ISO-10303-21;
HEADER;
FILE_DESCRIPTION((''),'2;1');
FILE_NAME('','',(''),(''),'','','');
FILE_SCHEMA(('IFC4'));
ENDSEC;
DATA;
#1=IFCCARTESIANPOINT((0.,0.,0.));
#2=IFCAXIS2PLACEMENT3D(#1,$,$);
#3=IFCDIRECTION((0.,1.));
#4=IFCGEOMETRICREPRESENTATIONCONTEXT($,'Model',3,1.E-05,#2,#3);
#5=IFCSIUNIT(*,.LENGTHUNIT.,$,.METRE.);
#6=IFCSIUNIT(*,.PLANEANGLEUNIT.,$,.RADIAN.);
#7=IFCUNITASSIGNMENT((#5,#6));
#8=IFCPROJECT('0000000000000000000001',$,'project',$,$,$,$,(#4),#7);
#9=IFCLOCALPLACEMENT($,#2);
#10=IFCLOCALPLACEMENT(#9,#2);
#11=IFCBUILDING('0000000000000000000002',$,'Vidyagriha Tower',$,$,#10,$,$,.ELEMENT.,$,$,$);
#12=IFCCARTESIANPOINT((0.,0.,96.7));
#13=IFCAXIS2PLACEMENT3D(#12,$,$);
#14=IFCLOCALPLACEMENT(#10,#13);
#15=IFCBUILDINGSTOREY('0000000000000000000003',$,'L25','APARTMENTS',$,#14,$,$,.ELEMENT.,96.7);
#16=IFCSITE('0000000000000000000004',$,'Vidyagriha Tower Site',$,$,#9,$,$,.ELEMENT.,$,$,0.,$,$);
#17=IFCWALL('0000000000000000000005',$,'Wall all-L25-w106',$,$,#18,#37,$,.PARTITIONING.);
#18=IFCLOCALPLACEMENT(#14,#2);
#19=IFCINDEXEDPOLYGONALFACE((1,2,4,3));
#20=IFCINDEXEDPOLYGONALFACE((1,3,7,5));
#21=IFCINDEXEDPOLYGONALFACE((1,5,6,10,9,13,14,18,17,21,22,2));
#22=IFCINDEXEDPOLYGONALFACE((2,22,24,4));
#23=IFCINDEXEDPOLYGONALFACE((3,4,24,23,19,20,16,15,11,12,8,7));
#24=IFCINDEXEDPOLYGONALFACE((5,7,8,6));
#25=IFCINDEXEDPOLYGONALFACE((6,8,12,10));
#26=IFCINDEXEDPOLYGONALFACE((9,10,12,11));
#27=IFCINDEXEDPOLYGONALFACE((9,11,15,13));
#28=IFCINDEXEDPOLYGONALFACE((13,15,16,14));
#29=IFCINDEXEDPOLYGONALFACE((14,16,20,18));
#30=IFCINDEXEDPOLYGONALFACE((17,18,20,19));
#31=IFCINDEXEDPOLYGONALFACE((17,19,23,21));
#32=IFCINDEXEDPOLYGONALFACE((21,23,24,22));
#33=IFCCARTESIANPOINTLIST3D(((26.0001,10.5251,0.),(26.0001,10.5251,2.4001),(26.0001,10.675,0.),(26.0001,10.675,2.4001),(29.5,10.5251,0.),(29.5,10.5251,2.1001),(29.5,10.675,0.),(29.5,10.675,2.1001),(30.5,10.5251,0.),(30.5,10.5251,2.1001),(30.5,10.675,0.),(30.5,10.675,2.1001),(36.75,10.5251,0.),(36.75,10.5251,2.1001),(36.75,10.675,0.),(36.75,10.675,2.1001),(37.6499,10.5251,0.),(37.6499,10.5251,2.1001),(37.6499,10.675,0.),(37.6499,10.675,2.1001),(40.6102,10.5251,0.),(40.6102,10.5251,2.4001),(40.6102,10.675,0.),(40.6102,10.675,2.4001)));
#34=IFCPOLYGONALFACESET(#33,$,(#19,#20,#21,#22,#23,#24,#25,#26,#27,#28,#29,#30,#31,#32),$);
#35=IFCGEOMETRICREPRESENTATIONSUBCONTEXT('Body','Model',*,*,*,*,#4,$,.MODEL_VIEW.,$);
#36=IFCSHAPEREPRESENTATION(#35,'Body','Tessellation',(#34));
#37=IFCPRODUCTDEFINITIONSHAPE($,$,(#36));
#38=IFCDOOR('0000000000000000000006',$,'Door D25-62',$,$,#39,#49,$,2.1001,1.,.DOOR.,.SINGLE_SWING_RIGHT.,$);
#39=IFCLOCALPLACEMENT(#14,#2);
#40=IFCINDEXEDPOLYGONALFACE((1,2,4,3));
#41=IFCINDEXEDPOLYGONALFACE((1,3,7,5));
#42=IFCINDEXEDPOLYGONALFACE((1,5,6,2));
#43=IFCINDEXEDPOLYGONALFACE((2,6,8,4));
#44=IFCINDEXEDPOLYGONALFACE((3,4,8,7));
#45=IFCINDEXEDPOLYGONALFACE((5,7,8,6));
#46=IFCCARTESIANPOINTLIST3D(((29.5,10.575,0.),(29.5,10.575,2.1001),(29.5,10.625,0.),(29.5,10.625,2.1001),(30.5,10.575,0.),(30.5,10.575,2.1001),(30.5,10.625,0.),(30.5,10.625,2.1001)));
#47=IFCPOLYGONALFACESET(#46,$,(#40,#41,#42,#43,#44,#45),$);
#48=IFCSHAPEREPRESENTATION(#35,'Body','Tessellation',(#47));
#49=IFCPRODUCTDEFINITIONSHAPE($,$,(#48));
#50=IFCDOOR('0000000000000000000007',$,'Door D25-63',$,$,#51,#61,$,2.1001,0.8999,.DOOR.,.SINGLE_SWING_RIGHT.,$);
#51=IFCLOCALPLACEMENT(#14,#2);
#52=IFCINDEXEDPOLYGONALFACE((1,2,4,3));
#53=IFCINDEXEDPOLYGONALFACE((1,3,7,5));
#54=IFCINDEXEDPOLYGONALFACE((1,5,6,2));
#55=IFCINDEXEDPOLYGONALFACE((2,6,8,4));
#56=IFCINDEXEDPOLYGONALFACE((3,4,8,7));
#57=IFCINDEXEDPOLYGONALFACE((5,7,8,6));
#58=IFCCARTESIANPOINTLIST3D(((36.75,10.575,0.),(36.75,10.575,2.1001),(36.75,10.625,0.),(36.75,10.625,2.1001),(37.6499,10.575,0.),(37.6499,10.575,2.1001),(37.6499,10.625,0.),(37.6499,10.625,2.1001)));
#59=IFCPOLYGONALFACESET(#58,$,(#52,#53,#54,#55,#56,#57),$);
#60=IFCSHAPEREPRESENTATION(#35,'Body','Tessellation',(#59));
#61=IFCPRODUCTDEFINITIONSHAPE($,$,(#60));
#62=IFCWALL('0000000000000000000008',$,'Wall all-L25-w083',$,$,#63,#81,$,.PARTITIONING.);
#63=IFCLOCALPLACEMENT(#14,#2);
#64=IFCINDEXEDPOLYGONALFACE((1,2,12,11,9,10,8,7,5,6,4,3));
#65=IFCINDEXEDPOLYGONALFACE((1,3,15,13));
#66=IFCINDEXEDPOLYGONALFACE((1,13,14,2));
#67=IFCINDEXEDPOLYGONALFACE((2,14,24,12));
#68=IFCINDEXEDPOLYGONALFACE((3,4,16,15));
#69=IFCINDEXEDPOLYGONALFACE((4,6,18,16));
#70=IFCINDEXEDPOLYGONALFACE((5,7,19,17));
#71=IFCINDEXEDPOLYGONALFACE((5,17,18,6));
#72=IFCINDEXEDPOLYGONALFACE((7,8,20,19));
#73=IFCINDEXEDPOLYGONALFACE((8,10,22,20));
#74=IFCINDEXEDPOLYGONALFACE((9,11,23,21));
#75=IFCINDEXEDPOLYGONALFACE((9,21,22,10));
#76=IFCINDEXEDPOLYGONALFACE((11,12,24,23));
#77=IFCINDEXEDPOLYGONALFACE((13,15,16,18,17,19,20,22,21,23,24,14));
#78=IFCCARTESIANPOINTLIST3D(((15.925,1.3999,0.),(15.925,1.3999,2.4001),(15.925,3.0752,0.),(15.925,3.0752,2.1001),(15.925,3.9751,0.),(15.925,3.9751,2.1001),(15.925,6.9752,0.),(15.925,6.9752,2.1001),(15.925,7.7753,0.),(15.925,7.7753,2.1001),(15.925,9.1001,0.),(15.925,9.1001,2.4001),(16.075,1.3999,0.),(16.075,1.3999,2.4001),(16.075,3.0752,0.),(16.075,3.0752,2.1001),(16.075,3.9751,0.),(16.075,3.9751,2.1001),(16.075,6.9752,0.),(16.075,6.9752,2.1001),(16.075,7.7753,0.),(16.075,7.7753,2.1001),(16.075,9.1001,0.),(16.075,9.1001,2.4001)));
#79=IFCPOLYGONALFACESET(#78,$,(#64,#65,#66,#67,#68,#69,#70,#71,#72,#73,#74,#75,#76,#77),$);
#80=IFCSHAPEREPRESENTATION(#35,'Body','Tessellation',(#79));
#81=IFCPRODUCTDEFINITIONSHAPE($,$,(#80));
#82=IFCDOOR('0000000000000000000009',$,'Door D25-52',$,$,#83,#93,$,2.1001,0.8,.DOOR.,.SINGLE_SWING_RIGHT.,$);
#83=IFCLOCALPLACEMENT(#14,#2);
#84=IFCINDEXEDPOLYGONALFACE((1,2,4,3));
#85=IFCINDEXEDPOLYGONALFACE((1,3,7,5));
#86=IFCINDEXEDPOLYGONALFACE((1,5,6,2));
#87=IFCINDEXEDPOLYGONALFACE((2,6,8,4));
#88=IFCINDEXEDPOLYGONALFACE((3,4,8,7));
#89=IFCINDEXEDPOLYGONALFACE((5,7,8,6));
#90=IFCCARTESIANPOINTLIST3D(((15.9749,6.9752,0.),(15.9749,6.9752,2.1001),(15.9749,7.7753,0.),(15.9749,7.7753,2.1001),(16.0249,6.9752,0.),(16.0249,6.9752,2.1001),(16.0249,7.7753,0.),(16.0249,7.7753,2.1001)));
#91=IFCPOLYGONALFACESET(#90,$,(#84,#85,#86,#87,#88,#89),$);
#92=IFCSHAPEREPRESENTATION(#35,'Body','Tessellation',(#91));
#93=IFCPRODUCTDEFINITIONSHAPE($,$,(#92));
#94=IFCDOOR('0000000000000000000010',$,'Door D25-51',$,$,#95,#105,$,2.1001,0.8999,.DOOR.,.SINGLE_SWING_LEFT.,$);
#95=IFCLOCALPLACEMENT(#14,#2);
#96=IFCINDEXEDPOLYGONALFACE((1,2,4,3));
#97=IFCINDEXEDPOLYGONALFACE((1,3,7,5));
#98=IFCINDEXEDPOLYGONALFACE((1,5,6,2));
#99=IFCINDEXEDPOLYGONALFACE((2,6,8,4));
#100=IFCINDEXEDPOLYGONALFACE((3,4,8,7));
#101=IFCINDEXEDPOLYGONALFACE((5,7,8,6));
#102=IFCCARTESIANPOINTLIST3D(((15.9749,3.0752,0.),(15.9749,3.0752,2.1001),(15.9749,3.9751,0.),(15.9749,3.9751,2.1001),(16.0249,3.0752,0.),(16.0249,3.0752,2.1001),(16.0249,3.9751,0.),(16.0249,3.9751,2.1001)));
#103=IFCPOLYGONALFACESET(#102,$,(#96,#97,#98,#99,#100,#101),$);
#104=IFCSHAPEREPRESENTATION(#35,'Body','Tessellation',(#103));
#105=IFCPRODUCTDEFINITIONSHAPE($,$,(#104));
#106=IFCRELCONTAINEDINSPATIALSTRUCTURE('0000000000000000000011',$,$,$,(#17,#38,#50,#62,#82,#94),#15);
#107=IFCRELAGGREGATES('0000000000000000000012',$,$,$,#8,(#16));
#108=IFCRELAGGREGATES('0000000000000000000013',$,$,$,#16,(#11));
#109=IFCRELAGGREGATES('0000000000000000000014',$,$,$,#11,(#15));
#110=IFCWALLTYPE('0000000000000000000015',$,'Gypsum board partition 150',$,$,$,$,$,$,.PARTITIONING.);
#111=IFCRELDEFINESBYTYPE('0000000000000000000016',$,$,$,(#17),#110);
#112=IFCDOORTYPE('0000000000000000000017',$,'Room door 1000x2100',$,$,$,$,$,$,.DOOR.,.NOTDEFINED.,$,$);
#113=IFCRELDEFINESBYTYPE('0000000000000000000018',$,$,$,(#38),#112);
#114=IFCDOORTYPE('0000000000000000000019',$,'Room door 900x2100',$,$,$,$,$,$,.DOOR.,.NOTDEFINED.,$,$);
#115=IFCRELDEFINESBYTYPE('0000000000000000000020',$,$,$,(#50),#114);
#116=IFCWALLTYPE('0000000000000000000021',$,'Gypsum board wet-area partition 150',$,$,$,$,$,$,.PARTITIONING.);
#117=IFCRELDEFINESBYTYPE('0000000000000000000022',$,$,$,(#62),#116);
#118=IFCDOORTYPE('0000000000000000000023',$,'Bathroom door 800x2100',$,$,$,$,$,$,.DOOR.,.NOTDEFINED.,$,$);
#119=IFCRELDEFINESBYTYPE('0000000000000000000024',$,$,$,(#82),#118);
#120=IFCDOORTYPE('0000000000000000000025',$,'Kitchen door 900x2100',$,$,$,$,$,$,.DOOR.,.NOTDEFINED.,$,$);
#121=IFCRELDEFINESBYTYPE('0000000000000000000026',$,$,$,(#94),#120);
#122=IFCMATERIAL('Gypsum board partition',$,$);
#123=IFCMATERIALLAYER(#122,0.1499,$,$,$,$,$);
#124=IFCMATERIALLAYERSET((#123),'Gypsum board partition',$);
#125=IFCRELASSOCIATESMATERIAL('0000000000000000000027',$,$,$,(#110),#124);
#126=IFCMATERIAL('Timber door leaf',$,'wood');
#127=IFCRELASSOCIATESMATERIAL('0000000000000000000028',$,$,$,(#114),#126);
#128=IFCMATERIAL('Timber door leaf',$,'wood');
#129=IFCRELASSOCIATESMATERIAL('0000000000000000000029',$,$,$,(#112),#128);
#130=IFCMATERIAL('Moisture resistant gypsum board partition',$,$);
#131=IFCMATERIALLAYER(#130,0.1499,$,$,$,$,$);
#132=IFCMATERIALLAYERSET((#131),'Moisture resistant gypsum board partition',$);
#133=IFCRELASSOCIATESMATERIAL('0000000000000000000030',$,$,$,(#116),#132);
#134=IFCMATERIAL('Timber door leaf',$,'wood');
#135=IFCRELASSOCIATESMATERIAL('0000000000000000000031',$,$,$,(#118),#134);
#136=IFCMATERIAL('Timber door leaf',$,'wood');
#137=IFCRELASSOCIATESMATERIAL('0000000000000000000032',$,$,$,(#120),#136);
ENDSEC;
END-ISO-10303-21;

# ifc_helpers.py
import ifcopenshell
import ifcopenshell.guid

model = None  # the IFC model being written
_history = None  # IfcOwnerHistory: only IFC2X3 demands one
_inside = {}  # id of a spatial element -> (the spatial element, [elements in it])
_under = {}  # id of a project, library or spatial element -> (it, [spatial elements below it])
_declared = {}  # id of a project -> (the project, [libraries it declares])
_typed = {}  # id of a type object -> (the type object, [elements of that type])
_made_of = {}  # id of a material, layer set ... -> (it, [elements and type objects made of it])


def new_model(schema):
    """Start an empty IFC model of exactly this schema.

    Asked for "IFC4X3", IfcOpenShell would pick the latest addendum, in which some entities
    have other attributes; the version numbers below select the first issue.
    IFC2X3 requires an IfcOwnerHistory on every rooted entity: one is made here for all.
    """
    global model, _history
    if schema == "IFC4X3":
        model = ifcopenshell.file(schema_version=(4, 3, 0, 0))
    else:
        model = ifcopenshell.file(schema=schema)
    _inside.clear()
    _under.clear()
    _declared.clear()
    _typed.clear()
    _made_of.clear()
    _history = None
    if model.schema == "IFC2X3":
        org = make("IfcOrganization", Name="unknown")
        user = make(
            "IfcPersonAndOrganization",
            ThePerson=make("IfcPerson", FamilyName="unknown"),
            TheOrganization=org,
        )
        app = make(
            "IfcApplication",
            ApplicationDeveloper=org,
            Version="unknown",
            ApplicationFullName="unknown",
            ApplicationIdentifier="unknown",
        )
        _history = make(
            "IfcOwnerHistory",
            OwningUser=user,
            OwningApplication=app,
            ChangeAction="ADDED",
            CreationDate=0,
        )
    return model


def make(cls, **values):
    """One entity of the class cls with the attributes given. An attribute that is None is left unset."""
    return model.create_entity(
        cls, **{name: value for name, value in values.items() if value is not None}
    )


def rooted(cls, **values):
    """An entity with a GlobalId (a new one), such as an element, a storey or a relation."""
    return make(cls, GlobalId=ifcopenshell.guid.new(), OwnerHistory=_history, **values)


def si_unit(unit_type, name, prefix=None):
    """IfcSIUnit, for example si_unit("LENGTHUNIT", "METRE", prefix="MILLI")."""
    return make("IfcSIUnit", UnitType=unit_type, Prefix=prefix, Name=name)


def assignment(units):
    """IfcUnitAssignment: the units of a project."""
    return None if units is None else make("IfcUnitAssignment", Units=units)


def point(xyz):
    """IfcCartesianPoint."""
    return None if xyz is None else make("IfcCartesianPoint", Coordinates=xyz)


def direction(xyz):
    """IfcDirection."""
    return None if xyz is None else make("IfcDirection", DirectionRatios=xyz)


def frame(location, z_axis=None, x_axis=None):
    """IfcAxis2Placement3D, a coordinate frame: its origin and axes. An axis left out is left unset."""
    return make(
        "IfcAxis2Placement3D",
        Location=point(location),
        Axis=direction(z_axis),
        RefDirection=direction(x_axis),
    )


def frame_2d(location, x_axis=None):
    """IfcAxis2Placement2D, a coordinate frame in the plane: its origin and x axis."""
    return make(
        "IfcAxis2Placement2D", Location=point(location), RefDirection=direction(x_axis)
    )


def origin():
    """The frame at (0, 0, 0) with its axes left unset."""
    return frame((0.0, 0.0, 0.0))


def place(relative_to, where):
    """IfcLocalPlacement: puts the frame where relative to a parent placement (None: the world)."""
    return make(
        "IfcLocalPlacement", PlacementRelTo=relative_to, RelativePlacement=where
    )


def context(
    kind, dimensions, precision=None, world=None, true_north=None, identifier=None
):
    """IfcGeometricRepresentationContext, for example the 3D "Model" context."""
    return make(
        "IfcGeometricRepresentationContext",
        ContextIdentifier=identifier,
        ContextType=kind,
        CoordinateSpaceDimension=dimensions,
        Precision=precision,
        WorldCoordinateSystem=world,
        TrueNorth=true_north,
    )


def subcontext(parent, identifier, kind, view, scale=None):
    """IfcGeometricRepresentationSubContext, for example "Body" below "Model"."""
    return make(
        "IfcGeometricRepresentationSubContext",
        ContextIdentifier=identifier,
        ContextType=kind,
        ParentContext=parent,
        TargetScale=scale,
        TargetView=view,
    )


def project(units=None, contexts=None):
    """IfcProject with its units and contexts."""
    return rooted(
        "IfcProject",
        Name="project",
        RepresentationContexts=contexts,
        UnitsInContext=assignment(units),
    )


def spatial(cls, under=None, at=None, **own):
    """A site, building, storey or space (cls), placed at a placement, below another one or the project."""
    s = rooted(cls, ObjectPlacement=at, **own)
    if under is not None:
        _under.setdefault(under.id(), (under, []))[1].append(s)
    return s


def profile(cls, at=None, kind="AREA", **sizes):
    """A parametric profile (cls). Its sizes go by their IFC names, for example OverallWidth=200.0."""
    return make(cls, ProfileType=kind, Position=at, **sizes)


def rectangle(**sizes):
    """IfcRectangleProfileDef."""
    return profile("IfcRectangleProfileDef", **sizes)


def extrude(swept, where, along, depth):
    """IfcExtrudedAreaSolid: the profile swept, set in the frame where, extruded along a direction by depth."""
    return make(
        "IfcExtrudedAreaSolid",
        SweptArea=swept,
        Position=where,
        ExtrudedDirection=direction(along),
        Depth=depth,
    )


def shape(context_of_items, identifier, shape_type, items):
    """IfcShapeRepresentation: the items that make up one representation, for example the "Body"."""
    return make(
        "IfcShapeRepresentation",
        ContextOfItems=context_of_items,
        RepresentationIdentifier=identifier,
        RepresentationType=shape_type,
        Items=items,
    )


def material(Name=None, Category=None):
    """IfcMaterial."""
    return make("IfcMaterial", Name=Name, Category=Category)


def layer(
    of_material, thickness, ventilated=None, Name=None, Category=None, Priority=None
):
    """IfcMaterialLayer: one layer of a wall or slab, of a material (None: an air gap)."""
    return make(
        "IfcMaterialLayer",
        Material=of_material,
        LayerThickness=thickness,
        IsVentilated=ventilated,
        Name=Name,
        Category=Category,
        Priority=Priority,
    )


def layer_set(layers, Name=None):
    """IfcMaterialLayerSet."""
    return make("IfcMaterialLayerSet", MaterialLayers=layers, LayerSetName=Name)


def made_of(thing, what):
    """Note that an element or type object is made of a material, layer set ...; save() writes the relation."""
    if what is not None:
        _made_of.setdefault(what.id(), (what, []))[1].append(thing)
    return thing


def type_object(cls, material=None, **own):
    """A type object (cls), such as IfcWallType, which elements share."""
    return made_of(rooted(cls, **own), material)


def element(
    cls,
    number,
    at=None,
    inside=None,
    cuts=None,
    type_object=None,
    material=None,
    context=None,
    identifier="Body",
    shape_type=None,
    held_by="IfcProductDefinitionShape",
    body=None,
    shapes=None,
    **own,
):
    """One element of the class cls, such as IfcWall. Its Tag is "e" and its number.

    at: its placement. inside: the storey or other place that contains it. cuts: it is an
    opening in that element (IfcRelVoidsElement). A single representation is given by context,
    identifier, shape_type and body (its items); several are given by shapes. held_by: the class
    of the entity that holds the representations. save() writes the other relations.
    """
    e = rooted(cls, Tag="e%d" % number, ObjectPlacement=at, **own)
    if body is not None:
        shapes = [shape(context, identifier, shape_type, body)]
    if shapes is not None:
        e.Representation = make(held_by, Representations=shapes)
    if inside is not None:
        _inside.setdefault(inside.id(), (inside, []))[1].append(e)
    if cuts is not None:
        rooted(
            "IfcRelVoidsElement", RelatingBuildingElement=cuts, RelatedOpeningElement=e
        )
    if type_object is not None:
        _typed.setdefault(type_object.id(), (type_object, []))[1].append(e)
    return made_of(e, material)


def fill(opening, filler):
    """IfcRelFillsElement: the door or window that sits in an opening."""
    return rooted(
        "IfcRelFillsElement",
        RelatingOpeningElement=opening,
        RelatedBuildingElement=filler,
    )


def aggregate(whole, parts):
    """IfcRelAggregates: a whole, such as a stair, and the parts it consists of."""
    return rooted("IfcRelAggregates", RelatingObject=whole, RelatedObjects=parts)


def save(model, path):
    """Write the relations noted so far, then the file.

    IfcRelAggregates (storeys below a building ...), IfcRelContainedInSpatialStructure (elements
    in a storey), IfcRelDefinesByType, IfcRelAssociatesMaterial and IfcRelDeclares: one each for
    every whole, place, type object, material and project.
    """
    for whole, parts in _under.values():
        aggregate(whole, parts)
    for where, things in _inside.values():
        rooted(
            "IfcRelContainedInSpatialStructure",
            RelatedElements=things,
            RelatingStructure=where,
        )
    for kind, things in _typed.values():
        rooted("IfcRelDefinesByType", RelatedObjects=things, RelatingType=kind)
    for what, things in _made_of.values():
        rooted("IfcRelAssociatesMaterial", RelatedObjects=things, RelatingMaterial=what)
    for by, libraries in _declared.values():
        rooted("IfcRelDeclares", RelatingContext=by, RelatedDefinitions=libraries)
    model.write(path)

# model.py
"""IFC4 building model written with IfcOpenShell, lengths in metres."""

from ifc_helpers import new_model, si_unit, direction, frame, frame_2d, origin, place, context, subcontext, project, spatial, rectangle, extrude, material, layer, layer_set, type_object, element, fill, save


model = new_model("IFC4")

# Units and contexts
model_context = context("Model", 3, precision=1e-05, world=origin(), true_north=direction((0.0, 1.0)))
body_context = subcontext(model_context, "Body", "Model", "MODEL_VIEW")
ifc_project = project(units=[si_unit("LENGTHUNIT", "METRE"), si_unit("PLANEANGLEUNIT", "RADIAN")], contexts=[model_context])

# Site, building, storey
site_placement = place(None, origin())
site = spatial("IfcSite", under=ifc_project, at=site_placement, Name="Vidyagriha Tower Site", CompositionType="ELEMENT", RefElevation=0.0)
building_placement = place(site_placement, origin())
building = spatial("IfcBuilding", under=site, at=building_placement, Name="Vidyagriha Tower", CompositionType="ELEMENT")
storey_placement = place(building_placement, frame((0.0, 0.0, 96.7)))
storey = spatial("IfcBuildingStorey", under=building, at=storey_placement, Name="L25", Description="APARTMENTS", CompositionType="ELEMENT", Elevation=96.7)

# Shared definitions
ifc_material_1 = material(Name="Gypsum board partition")
ifc_layer_1 = layer(ifc_material_1, 0.1499)
ifc_layer_set_1 = layer_set([ifc_layer_1], Name="Gypsum board partition")
wall_type_1 = type_object("IfcWallType", Name="Gypsum board partition 150", PredefinedType="PARTITIONING", material=ifc_layer_set_1)

# Shared definitions
ifc_material_2 = material(Name="Timber door leaf", Category="wood")
door_type_1 = type_object("IfcDoorType", Name="Room door 900x2100", OperationType="NOTDEFINED", PredefinedType="DOOR", material=ifc_material_2)

# Walls, openings, doors
wall_1_placement = place(storey_placement, frame((26.0, 10.6001, 0.0)))
wall_1 = element("IfcWall", 1, at=wall_1_placement, inside=storey, type_object=wall_type_1, Name="Wall all-L25-w106", PredefinedType="PARTITIONING", context=body_context, shape_type="SweptSolid", body=[
    extrude(rectangle(XDim=14.6101, YDim=0.1499, at=frame_2d((7.3052, 0.0))), origin(), (0.0, 0.0, 1.0), 2.4001),
])
opening_1_placement = place(wall_1_placement, frame((3.5, 0.0, 0.0)))
opening_1 = element("IfcOpeningElement", 2, at=opening_1_placement, cuts=wall_1, PredefinedType="OPENING", context=body_context, shape_type="SweptSolid", body=[
    extrude(rectangle(XDim=1.0, YDim=2.1001, at=frame_2d((0.5, 1.05))), frame((0.0, 0.085, 0.0), z_axis=(0.0, -1.0, 0.0), x_axis=(1.0, 0.0, 0.0)), (0.0, 0.0, 1.0), 0.1699),
])
opening_2_placement = place(wall_1_placement, frame((10.75, 0.0, 0.0)))
opening_2 = element("IfcOpeningElement", 3, at=opening_2_placement, cuts=wall_1, PredefinedType="OPENING", context=body_context, shape_type="SweptSolid", body=[
    extrude(rectangle(XDim=0.8999, YDim=2.1001, at=frame_2d((0.45, 1.05))), frame((0.0, 0.085, 0.0), z_axis=(0.0, -1.0, 0.0), x_axis=(1.0, 0.0, 0.0)), (0.0, 0.0, 1.0), 0.1699),
])
ifc_material_3 = material(Name="Timber door leaf", Category="wood")
door_type_2 = type_object("IfcDoorType", Name="Room door 1000x2100", OperationType="NOTDEFINED", PredefinedType="DOOR", material=ifc_material_3)
door_1_placement = place(opening_1_placement, origin())
door_1 = element("IfcDoor", 4, at=door_1_placement, inside=storey, type_object=door_type_2, Name="Door D25-62", OperationType="SINGLE_SWING_RIGHT", OverallHeight=2.1001, OverallWidth=1.0, PredefinedType="DOOR", context=body_context, shape_type="SweptSolid", body=[
    extrude(rectangle(XDim=1.0, YDim=2.1001, at=frame_2d((0.5, 1.05))), frame((0.0, 0.0249, 0.0), z_axis=(0.0, -1.0, 0.0), x_axis=(1.0, 0.0, 0.0)), (0.0, 0.0, 1.0), 0.05),
])
fill(opening_1, door_1)
door_2_placement = place(opening_2_placement, origin())
door_2 = element("IfcDoor", 5, at=door_2_placement, inside=storey, type_object=door_type_1, Name="Door D25-63", OperationType="SINGLE_SWING_RIGHT", OverallHeight=2.1001, OverallWidth=0.8999, PredefinedType="DOOR", context=body_context, shape_type="SweptSolid", body=[
    extrude(rectangle(XDim=0.8999, YDim=2.1001, at=frame_2d((0.45, 1.05))), frame((0.0, 0.0249, 0.0), z_axis=(0.0, -1.0, 0.0), x_axis=(1.0, 0.0, 0.0)), (0.0, 0.0, 1.0), 0.05),
])
fill(opening_2, door_2)
ifc_material_4 = material(Name="Moisture resistant gypsum board partition")
ifc_layer_2 = layer(ifc_material_4, 0.1499)
ifc_layer_set_2 = layer_set([ifc_layer_2], Name="Moisture resistant gypsum board partition")
wall_type_2 = type_object("IfcWallType", Name="Gypsum board wet-area partition 150", PredefinedType="PARTITIONING", material=ifc_layer_set_2)
wall_2_placement = place(storey_placement, frame((16.0, 9.1001, 0.0), z_axis=(0.0, 0.0, 1.0), x_axis=(0.0, -1.0, 0.0)))
wall_2 = element("IfcWall", 6, at=wall_2_placement, inside=storey, type_object=wall_type_2, Name="Wall all-L25-w083", PredefinedType="PARTITIONING", context=body_context, shape_type="SweptSolid", body=[
    extrude(rectangle(XDim=7.7002, YDim=0.1499, at=frame_2d((3.8501, 0.0))), origin(), (0.0, 0.0, 1.0), 2.4001),
])
opening_3_placement = place(wall_2_placement, frame((5.125, 0.0, 0.0)))
opening_3 = element("IfcOpeningElement", 7, at=opening_3_placement, cuts=wall_2, PredefinedType="OPENING", context=body_context, shape_type="SweptSolid", body=[
    extrude(rectangle(XDim=0.8999, YDim=2.1001, at=frame_2d((0.45, 1.05))), frame((0.0, 0.085, 0.0), z_axis=(0.0, -1.0, 0.0), x_axis=(1.0, 0.0, 0.0)), (0.0, 0.0, 1.0), 0.1699),
])
opening_4_placement = place(wall_2_placement, frame((1.325, 0.0, 0.0)))
opening_4 = element("IfcOpeningElement", 8, at=opening_4_placement, cuts=wall_2, PredefinedType="OPENING", context=body_context, shape_type="SweptSolid", body=[
    extrude(rectangle(XDim=0.8, YDim=2.1001, at=frame_2d((0.3999, 1.05))), frame((0.0, 0.085, 0.0), z_axis=(0.0, -1.0, 0.0), x_axis=(1.0, 0.0, 0.0)), (0.0, 0.0, 1.0), 0.1699),
])
ifc_material_5 = material(Name="Timber door leaf", Category="wood")
door_type_3 = type_object("IfcDoorType", Name="Bathroom door 800x2100", OperationType="NOTDEFINED", PredefinedType="DOOR", material=ifc_material_5)
door_3_placement = place(opening_4_placement, origin())
door_3 = element("IfcDoor", 9, at=door_3_placement, inside=storey, type_object=door_type_3, Name="Door D25-52", OperationType="SINGLE_SWING_RIGHT", OverallHeight=2.1001, OverallWidth=0.8, PredefinedType="DOOR", context=body_context, shape_type="SweptSolid", body=[
    extrude(rectangle(XDim=0.8, YDim=2.1001, at=frame_2d((0.3999, 1.05))), frame((0.0, 0.0249, 0.0), z_axis=(0.0, -1.0, 0.0), x_axis=(1.0, 0.0, 0.0)), (0.0, 0.0, 1.0), 0.05),
])
fill(opening_4, door_3)
ifc_material_6 = material(Name="Timber door leaf", Category="wood")
door_type_4 = type_object("IfcDoorType", Name="Kitchen door 900x2100", OperationType="NOTDEFINED", PredefinedType="DOOR", material=ifc_material_6)
door_4_placement = place(opening_3_placement, origin())
door_4 = element("IfcDoor", 10, at=door_4_placement, inside=storey, type_object=door_type_4, Name="Door D25-51", OperationType="SINGLE_SWING_LEFT", OverallHeight=2.1001, OverallWidth=0.8999, PredefinedType="DOOR", context=body_context, shape_type="SweptSolid", body=[
    extrude(rectangle(XDim=0.8999, YDim=2.1001, at=frame_2d((0.45, 1.05))), frame((0.0, 0.0249, 0.0), z_axis=(0.0, -1.0, 0.0), x_axis=(1.0, 0.0, 0.0)), (0.0, 0.0, 1.0), 0.05),
])
fill(opening_3, door_4)

save(model, "model.ifc")
